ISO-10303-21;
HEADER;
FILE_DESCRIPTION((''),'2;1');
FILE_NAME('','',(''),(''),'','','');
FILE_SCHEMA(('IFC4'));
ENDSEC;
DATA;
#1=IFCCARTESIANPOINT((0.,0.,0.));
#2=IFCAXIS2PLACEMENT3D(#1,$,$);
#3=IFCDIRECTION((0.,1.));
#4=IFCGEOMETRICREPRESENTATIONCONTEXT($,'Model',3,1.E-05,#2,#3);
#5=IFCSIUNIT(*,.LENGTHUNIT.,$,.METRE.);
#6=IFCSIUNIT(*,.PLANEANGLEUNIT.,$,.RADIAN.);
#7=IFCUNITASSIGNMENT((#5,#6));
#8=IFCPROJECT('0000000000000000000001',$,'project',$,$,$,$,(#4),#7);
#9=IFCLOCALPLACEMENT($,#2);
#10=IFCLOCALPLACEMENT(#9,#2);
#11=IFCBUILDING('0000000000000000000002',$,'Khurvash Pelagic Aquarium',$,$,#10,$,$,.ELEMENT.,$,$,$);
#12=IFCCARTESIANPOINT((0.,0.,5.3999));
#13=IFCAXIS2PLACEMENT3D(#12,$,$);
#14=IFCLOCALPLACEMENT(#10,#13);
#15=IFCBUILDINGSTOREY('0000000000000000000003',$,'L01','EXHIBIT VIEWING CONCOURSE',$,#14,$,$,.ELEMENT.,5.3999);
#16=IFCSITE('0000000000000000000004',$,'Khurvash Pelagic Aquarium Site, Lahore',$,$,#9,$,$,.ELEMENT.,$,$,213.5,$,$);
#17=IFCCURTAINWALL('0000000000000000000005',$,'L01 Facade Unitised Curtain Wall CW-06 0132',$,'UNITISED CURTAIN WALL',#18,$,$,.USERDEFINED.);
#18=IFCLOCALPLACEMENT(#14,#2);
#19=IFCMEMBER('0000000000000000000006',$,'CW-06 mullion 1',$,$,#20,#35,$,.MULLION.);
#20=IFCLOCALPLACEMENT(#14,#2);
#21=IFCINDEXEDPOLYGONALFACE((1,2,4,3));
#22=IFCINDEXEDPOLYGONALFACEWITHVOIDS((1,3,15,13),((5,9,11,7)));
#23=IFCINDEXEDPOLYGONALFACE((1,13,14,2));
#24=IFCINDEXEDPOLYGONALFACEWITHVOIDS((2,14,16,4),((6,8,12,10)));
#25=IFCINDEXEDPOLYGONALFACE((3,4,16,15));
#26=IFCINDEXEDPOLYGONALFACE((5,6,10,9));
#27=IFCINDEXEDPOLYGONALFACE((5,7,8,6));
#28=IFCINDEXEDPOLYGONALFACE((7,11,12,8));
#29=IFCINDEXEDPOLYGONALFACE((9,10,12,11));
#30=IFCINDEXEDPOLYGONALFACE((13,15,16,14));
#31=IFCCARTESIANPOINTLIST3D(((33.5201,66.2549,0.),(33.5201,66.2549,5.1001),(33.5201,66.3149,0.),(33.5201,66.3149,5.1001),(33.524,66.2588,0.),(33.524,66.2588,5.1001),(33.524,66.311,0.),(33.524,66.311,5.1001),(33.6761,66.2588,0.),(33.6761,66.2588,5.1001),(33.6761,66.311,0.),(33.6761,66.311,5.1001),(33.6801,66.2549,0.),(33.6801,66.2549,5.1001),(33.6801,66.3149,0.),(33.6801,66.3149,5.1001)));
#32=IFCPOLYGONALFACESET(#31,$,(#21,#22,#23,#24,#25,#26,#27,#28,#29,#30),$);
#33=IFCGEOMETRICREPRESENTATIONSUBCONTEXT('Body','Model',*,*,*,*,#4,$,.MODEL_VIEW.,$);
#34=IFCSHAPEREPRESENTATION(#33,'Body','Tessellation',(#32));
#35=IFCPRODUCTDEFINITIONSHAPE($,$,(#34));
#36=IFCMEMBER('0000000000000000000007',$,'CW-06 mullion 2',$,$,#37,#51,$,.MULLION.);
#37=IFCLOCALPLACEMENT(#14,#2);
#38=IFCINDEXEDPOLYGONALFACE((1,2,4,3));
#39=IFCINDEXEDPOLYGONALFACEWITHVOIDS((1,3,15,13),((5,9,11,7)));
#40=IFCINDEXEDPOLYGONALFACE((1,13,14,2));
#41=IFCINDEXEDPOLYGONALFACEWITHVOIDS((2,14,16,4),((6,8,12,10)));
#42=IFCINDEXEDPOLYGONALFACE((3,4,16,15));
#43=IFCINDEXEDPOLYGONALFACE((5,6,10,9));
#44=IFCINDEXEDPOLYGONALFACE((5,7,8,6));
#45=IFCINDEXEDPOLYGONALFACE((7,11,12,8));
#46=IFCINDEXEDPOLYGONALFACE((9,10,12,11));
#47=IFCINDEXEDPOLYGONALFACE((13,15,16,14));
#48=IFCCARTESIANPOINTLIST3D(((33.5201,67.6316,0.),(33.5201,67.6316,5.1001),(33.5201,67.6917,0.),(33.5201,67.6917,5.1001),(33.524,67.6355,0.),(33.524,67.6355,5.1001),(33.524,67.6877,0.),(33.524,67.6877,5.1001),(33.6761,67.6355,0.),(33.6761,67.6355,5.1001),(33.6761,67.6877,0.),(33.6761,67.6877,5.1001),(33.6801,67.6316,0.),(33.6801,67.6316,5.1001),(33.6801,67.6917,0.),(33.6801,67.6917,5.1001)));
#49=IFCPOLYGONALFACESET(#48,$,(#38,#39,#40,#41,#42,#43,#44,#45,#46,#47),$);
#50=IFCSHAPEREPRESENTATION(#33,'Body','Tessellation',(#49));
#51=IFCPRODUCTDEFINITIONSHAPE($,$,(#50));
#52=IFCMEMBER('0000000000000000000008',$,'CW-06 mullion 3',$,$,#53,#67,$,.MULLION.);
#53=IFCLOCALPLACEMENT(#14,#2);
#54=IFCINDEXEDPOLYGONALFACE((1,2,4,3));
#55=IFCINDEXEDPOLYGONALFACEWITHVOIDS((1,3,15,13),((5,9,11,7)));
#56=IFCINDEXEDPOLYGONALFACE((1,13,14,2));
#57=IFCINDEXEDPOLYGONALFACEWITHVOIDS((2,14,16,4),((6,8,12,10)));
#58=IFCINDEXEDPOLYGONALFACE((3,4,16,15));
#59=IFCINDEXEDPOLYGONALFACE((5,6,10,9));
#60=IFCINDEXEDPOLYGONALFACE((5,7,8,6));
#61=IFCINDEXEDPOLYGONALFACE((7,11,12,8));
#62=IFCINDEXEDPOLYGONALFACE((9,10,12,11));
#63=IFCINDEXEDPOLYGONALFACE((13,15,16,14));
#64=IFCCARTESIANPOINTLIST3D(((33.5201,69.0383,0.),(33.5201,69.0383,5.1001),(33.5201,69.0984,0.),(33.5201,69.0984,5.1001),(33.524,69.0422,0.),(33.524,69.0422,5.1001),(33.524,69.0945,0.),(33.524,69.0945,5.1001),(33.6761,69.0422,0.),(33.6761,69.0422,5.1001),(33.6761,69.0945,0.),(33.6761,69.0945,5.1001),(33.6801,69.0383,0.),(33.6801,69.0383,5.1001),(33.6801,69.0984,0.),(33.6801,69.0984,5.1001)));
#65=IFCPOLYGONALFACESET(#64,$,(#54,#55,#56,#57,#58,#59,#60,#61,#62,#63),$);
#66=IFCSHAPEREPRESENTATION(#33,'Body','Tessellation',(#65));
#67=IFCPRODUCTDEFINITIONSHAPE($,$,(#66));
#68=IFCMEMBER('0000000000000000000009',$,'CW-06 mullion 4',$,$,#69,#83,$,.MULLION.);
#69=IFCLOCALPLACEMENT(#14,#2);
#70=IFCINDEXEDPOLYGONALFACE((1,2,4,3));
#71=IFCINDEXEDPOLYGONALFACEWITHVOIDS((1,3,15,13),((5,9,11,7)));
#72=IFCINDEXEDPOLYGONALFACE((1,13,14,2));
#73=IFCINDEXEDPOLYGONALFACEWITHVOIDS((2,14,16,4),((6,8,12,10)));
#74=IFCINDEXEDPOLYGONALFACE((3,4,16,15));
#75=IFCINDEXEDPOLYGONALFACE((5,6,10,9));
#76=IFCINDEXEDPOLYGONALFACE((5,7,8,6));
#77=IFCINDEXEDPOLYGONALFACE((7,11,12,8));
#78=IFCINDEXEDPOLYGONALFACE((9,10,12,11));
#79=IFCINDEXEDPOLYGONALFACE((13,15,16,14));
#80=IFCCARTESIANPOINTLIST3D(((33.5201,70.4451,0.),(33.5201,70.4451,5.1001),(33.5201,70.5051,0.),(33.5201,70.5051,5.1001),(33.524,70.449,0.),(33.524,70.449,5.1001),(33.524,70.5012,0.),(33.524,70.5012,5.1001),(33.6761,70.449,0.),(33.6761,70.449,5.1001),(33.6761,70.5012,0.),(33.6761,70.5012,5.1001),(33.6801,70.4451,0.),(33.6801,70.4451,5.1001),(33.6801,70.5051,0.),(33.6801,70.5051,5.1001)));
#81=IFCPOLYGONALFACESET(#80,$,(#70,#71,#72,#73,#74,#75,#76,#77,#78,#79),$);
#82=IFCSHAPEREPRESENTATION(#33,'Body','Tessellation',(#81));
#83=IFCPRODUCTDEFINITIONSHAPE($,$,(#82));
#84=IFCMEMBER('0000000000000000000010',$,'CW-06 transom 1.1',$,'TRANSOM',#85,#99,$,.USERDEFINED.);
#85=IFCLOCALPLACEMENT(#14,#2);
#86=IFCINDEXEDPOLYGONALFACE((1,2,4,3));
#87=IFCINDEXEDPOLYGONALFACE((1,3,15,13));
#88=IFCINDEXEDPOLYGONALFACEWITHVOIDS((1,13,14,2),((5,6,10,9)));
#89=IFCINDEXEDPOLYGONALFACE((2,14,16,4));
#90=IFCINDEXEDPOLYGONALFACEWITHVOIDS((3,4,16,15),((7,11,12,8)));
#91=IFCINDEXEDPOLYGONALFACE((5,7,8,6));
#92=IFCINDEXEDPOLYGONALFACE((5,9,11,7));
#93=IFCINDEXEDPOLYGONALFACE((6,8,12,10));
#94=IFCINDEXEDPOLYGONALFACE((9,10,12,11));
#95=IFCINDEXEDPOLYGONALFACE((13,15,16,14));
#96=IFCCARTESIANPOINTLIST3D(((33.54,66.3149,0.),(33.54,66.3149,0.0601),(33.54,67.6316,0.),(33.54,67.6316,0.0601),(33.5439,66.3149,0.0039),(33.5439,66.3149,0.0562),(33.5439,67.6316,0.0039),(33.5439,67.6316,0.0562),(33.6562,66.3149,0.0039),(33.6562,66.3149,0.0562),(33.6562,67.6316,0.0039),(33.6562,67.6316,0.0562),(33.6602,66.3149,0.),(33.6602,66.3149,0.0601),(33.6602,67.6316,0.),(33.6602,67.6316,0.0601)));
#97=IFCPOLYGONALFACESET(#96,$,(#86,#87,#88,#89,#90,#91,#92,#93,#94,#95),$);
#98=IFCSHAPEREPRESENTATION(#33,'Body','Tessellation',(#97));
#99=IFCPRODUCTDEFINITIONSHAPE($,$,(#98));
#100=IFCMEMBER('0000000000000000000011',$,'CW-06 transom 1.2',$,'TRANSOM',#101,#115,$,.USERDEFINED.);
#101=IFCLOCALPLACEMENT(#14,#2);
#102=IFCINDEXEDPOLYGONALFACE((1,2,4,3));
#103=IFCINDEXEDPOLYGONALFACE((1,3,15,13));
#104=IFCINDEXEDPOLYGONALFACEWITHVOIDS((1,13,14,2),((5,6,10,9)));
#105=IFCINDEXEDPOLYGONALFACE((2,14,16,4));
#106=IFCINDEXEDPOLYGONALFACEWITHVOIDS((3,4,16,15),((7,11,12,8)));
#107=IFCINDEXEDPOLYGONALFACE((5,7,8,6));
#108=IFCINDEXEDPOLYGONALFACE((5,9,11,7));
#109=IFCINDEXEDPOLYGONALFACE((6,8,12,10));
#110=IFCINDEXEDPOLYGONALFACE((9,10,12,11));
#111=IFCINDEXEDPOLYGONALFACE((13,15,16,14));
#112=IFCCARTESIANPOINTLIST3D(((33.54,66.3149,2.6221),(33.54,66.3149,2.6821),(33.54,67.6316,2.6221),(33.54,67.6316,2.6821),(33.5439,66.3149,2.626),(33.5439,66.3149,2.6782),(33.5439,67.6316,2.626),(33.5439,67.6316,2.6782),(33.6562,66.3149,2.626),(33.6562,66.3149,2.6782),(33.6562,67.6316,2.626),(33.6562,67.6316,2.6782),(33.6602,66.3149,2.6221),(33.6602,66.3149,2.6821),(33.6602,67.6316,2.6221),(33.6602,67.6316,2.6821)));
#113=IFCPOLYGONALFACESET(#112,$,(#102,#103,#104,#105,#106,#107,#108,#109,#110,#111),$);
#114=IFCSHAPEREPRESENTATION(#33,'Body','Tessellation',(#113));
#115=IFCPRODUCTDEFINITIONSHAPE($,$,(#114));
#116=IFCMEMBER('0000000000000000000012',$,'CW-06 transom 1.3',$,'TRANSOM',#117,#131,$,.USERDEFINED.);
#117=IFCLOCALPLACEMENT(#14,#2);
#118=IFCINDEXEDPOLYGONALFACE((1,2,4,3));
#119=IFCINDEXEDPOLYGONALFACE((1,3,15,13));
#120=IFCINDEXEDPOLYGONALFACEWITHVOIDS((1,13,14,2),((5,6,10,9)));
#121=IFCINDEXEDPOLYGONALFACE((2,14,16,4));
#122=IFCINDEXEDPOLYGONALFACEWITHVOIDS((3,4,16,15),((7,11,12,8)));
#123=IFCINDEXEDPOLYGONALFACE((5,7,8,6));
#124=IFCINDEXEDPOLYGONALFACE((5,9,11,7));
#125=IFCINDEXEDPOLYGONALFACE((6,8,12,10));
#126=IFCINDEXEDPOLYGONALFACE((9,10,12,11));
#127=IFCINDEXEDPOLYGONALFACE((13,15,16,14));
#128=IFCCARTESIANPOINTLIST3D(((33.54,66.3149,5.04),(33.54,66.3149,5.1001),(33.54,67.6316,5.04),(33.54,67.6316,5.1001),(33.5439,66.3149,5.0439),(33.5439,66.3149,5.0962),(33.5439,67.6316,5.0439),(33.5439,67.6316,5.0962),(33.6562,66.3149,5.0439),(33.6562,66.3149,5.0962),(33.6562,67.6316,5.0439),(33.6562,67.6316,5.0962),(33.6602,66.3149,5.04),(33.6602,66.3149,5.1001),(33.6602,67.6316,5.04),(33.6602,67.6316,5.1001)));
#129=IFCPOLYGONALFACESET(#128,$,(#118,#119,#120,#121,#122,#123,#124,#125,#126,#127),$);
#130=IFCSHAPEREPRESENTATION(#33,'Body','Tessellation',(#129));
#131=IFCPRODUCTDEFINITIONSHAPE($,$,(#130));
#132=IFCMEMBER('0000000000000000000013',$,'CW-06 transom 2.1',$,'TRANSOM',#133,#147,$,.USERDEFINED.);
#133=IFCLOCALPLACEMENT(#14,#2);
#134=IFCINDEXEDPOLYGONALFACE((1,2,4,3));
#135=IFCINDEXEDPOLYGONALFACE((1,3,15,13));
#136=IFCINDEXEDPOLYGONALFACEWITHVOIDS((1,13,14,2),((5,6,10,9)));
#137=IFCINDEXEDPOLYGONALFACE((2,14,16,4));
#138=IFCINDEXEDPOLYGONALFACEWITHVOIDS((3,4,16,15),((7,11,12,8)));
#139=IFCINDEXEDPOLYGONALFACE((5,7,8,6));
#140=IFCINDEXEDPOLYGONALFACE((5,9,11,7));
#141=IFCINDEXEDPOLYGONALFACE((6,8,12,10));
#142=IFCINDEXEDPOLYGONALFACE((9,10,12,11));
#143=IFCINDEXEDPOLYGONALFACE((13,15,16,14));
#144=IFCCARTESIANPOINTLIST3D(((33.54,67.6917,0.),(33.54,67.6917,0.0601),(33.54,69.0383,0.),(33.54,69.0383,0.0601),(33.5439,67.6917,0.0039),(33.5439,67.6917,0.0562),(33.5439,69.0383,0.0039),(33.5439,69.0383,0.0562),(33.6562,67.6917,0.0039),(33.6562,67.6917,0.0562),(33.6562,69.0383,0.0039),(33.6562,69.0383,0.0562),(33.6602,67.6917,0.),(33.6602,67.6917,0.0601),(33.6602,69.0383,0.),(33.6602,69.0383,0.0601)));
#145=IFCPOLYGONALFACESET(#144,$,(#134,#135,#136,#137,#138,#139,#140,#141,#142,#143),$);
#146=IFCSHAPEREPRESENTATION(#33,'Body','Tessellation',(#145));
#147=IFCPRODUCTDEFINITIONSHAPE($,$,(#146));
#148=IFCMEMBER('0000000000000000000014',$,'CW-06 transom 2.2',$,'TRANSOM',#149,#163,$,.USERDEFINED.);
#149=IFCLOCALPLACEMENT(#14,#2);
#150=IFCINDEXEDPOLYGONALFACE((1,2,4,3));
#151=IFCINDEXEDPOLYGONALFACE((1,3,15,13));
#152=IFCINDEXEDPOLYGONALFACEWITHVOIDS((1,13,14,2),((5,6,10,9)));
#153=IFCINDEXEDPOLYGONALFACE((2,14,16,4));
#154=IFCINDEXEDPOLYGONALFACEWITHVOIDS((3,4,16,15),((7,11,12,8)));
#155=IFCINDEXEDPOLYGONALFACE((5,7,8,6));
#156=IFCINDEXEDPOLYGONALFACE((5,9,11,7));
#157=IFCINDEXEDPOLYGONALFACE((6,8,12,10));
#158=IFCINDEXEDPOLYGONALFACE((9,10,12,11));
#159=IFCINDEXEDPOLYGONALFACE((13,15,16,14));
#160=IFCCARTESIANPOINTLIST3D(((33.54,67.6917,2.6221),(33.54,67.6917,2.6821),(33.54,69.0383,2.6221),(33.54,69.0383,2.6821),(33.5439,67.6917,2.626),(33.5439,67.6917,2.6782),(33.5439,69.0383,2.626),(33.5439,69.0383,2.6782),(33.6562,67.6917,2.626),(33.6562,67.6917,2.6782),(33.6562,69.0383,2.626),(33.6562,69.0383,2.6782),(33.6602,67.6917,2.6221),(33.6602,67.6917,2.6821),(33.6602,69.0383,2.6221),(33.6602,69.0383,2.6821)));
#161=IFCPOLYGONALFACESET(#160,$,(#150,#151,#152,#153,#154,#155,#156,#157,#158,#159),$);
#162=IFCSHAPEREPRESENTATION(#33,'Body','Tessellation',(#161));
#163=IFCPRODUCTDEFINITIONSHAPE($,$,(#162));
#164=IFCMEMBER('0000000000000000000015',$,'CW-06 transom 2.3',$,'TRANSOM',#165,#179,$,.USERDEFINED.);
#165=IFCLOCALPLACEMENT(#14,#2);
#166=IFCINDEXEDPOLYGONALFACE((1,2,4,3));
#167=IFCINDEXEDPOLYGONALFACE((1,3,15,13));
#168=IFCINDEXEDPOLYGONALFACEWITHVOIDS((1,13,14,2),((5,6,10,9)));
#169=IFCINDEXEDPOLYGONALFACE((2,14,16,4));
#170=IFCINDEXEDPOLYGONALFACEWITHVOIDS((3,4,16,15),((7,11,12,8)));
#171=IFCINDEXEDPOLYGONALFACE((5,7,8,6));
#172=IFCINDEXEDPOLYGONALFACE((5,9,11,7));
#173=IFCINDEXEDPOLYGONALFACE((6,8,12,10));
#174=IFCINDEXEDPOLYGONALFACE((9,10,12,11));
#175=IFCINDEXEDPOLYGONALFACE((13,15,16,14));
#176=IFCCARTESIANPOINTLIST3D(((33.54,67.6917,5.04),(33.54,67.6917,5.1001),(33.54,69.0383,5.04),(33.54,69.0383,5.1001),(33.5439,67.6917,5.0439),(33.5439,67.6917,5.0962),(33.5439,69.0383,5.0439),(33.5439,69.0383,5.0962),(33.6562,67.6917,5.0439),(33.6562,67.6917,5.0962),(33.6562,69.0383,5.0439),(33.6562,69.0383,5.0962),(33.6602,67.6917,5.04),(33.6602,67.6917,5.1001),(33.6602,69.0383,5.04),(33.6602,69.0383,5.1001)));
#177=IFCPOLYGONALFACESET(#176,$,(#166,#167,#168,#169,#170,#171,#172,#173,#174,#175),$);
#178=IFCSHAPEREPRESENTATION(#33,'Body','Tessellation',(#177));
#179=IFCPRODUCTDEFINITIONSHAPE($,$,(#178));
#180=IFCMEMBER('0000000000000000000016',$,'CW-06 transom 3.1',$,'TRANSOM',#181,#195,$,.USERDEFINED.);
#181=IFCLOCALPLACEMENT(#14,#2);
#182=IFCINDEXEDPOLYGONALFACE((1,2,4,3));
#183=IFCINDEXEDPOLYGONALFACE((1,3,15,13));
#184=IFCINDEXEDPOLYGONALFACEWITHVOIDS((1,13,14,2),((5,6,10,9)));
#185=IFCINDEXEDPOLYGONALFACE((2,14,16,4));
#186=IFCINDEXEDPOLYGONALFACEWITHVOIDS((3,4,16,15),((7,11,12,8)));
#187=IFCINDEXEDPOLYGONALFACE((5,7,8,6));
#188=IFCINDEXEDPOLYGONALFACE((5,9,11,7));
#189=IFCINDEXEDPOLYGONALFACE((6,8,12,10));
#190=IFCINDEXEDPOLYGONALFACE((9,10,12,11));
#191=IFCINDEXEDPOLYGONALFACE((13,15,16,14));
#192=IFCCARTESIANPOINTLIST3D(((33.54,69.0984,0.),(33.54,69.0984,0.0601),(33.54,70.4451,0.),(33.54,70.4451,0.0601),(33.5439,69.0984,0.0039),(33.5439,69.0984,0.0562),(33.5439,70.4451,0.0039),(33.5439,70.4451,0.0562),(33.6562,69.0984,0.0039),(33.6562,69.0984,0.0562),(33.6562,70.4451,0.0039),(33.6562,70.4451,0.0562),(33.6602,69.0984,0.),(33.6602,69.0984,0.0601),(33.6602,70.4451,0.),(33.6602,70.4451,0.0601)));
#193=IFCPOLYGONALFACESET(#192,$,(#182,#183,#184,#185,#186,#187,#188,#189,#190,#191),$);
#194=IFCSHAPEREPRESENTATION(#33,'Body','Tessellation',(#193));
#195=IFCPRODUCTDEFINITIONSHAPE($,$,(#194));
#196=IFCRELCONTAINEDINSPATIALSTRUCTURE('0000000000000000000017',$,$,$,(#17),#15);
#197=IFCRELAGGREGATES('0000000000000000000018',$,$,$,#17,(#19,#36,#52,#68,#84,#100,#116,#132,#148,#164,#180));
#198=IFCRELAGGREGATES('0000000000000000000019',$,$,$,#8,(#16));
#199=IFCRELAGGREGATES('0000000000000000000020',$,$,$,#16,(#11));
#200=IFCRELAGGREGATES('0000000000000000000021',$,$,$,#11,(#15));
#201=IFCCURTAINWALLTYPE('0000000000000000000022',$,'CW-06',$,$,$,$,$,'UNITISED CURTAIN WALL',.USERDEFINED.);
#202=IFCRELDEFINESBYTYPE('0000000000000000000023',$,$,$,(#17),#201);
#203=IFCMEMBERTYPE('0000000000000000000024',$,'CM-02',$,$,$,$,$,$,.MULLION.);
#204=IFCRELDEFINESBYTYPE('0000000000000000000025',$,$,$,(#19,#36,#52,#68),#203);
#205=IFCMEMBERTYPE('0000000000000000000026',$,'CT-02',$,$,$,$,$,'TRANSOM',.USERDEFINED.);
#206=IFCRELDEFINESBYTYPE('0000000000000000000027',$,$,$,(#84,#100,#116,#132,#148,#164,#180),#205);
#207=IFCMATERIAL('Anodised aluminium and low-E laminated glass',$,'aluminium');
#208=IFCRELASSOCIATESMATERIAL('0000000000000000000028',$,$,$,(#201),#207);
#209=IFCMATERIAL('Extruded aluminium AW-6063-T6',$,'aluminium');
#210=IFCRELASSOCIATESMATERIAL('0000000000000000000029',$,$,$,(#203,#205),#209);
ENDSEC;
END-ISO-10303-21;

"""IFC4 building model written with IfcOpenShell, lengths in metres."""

from ifc_helpers import new_model, si_unit, direction, frame, origin, origin_2d, place, context, subcontext, project, spatial, hollow_rectangle, extrude, material, material_profile, profile_set, type_object, element, aggregate, save


model = new_model("IFC4")

# Units and contexts
model_context = context("Model", 3, precision=1e-05, world=origin(), true_north=direction((0.0, 1.0)))
body_context = subcontext(model_context, "Body", "Model", "MODEL_VIEW")
ifc_project = project(units=[si_unit("LENGTHUNIT", "METRE"), si_unit("PLANEANGLEUNIT", "RADIAN")], contexts=[model_context])

# Site, building, storey
site_placement = place(None, origin())
site = spatial("IfcSite", under=ifc_project, at=site_placement, Name="Khurvash Pelagic Aquarium Site, Lahore", CompositionType="ELEMENT", RefElevation=213.5)
building_placement = place(site_placement, origin())
building = spatial("IfcBuilding", under=site, at=building_placement, Name="Khurvash Pelagic Aquarium", CompositionType="ELEMENT")
storey_placement = place(building_placement, frame((0.0, 0.0, 5.3999)))
storey = spatial("IfcBuildingStorey", under=building, at=storey_placement, Name="L01", Description="EXHIBIT VIEWING CONCOURSE", CompositionType="ELEMENT", Elevation=5.3999)

# Curtain wall, members
ifc_material_1 = material(Name="Anodised aluminium and low-E laminated glass", Category="aluminium")
curtain_wall_type = type_object("IfcCurtainWallType", Name="CW-06", ElementType="UNITISED CURTAIN WALL", PredefinedType="USERDEFINED", material=ifc_material_1)
curtain_wall_placement = place(storey_placement, origin())
curtain_wall = element("IfcCurtainWall", 1, at=curtain_wall_placement, inside=storey, type_object=curtain_wall_type, Name="L01 Facade Unitised Curtain Wall CW-06 0132", ObjectType="UNITISED CURTAIN WALL", PredefinedType="USERDEFINED")
ifc_material_2 = material(Name="Extruded aluminium AW-6063-T6", Category="aluminium")
ifc_material_profile_1 = material_profile(ifc_material_2, hollow_rectangle(XDim=0.0601, YDim=0.1599, WallThickness=0.0039, at=origin_2d()), Name="CWM60X160X4")
ifc_profile_set_1 = profile_set([ifc_material_profile_1], Name="Extruded aluminium AW-6063-T6")
member_type_1 = type_object("IfcMemberType", Name="CM-02", PredefinedType="MULLION", material=ifc_profile_set_1)
member_1_placement = place(storey_placement, frame((33.6001, 66.2849, 0.0), z_axis=(0.0, 0.0, 1.0), x_axis=(0.0, 1.0, 0.0)))
member_1 = element("IfcMember", 2, at=member_1_placement, type_object=member_type_1, Name="CW-06 mullion 1", PredefinedType="MULLION", context=body_context, shape_type="SweptSolid", body=[
    extrude(hollow_rectangle(XDim=0.0601, YDim=0.1599, WallThickness=0.0039, at=origin_2d()), origin(), (0.0, 0.0, 1.0), 5.1001),
])
member_2_placement = place(storey_placement, frame((33.6001, 67.6616, 0.0), z_axis=(0.0, 0.0, 1.0), x_axis=(0.0, 1.0, 0.0)))
member_2 = element("IfcMember", 3, at=member_2_placement, type_object=member_type_1, Name="CW-06 mullion 2", PredefinedType="MULLION", context=body_context, shape_type="SweptSolid", body=[
    extrude(hollow_rectangle(XDim=0.0601, YDim=0.1599, WallThickness=0.0039, at=origin_2d()), origin(), (0.0, 0.0, 1.0), 5.1001),
])
member_3_placement = place(storey_placement, frame((33.6001, 69.0684, 0.0), z_axis=(0.0, 0.0, 1.0), x_axis=(0.0, 1.0, 0.0)))
member_3 = element("IfcMember", 4, at=member_3_placement, type_object=member_type_1, Name="CW-06 mullion 3", PredefinedType="MULLION", context=body_context, shape_type="SweptSolid", body=[
    extrude(hollow_rectangle(XDim=0.0601, YDim=0.1599, WallThickness=0.0039, at=origin_2d()), origin(), (0.0, 0.0, 1.0), 5.1001),
])
member_4_placement = place(storey_placement, frame((33.6001, 70.4751, 0.0), z_axis=(0.0, 0.0, 1.0), x_axis=(0.0, 1.0, 0.0)))
member_4 = element("IfcMember", 5, at=member_4_placement, type_object=member_type_1, Name="CW-06 mullion 4", PredefinedType="MULLION", context=body_context, shape_type="SweptSolid", body=[
    extrude(hollow_rectangle(XDim=0.0601, YDim=0.1599, WallThickness=0.0039, at=origin_2d()), origin(), (0.0, 0.0, 1.0), 5.1001),
])
ifc_material_profile_2 = material_profile(ifc_material_2, hollow_rectangle(XDim=0.1201, YDim=0.0601, WallThickness=0.0039, at=origin_2d()), Name="CWT120X60X4")
ifc_profile_set_2 = profile_set([ifc_material_profile_2], Name="Extruded aluminium AW-6063-T6")
member_type_2 = type_object("IfcMemberType", Name="CT-02", ElementType="TRANSOM", PredefinedType="USERDEFINED", material=ifc_profile_set_2)
member_5_placement = place(storey_placement, frame((33.6001, 66.3149, 0.03), z_axis=(0.0, 1.0, 0.0), x_axis=(-1.0, 0.0, 0.0)))
member_5 = element("IfcMember", 6, at=member_5_placement, type_object=member_type_2, Name="CW-06 transom 1.1", ObjectType="TRANSOM", PredefinedType="USERDEFINED", context=body_context, shape_type="SweptSolid", body=[
    extrude(hollow_rectangle(XDim=0.1201, YDim=0.0601, WallThickness=0.0039, at=origin_2d()), origin(), (0.0, 0.0, 1.0), 1.3167),
])
member_6_placement = place(storey_placement, frame((33.6001, 66.3149, 2.6521), z_axis=(0.0, 1.0, 0.0), x_axis=(-1.0, 0.0, 0.0)))
member_6 = element("IfcMember", 7, at=member_6_placement, type_object=member_type_2, Name="CW-06 transom 1.2", ObjectType="TRANSOM", PredefinedType="USERDEFINED", context=body_context, shape_type="SweptSolid", body=[
    extrude(hollow_rectangle(XDim=0.1201, YDim=0.0601, WallThickness=0.0039, at=origin_2d()), origin(), (0.0, 0.0, 1.0), 1.3167),
])
member_7_placement = place(storey_placement, frame((33.6001, 66.3149, 5.0701), z_axis=(0.0, 1.0, 0.0), x_axis=(-1.0, 0.0, 0.0)))
member_7 = element("IfcMember", 8, at=member_7_placement, type_object=member_type_2, Name="CW-06 transom 1.3", ObjectType="TRANSOM", PredefinedType="USERDEFINED", context=body_context, shape_type="SweptSolid", body=[
    extrude(hollow_rectangle(XDim=0.1201, YDim=0.0601, WallThickness=0.0039, at=origin_2d()), origin(), (0.0, 0.0, 1.0), 1.3167),
])
member_8_placement = place(storey_placement, frame((33.6001, 67.6917, 0.03), z_axis=(0.0, 1.0, 0.0), x_axis=(-1.0, 0.0, 0.0)))
member_8 = element("IfcMember", 9, at=member_8_placement, type_object=member_type_2, Name="CW-06 transom 2.1", ObjectType="TRANSOM", PredefinedType="USERDEFINED", context=body_context, shape_type="SweptSolid", body=[
    extrude(hollow_rectangle(XDim=0.1201, YDim=0.0601, WallThickness=0.0039, at=origin_2d()), origin(), (0.0, 0.0, 1.0), 1.3467),
])
member_9_placement = place(storey_placement, frame((33.6001, 67.6917, 2.6521), z_axis=(0.0, 1.0, 0.0), x_axis=(-1.0, 0.0, 0.0)))
member_9 = element("IfcMember", 10, at=member_9_placement, type_object=member_type_2, Name="CW-06 transom 2.2", ObjectType="TRANSOM", PredefinedType="USERDEFINED", context=body_context, shape_type="SweptSolid", body=[
    extrude(hollow_rectangle(XDim=0.1201, YDim=0.0601, WallThickness=0.0039, at=origin_2d()), origin(), (0.0, 0.0, 1.0), 1.3467),
])
member_10_placement = place(storey_placement, frame((33.6001, 67.6917, 5.0701), z_axis=(0.0, 1.0, 0.0), x_axis=(-1.0, 0.0, 0.0)))
member_10 = element("IfcMember", 11, at=member_10_placement, type_object=member_type_2, Name="CW-06 transom 2.3", ObjectType="TRANSOM", PredefinedType="USERDEFINED", context=body_context, shape_type="SweptSolid", body=[
    extrude(hollow_rectangle(XDim=0.1201, YDim=0.0601, WallThickness=0.0039, at=origin_2d()), origin(), (0.0, 0.0, 1.0), 1.3467),
])
member_11_placement = place(storey_placement, frame((33.6001, 69.0984, 0.03), z_axis=(0.0, 1.0, 0.0), x_axis=(-1.0, 0.0, 0.0)))
member_11 = element("IfcMember", 12, at=member_11_placement, type_object=member_type_2, Name="CW-06 transom 3.1", ObjectType="TRANSOM", PredefinedType="USERDEFINED", context=body_context, shape_type="SweptSolid", body=[
    extrude(hollow_rectangle(XDim=0.1201, YDim=0.0601, WallThickness=0.0039, at=origin_2d()), origin(), (0.0, 0.0, 1.0), 1.3467),
])
aggregate(curtain_wall, [member_1, member_2, member_3, member_4, member_5, member_6, member_7, member_8, member_9, member_10, member_11])

save(model, "model.ifc")
